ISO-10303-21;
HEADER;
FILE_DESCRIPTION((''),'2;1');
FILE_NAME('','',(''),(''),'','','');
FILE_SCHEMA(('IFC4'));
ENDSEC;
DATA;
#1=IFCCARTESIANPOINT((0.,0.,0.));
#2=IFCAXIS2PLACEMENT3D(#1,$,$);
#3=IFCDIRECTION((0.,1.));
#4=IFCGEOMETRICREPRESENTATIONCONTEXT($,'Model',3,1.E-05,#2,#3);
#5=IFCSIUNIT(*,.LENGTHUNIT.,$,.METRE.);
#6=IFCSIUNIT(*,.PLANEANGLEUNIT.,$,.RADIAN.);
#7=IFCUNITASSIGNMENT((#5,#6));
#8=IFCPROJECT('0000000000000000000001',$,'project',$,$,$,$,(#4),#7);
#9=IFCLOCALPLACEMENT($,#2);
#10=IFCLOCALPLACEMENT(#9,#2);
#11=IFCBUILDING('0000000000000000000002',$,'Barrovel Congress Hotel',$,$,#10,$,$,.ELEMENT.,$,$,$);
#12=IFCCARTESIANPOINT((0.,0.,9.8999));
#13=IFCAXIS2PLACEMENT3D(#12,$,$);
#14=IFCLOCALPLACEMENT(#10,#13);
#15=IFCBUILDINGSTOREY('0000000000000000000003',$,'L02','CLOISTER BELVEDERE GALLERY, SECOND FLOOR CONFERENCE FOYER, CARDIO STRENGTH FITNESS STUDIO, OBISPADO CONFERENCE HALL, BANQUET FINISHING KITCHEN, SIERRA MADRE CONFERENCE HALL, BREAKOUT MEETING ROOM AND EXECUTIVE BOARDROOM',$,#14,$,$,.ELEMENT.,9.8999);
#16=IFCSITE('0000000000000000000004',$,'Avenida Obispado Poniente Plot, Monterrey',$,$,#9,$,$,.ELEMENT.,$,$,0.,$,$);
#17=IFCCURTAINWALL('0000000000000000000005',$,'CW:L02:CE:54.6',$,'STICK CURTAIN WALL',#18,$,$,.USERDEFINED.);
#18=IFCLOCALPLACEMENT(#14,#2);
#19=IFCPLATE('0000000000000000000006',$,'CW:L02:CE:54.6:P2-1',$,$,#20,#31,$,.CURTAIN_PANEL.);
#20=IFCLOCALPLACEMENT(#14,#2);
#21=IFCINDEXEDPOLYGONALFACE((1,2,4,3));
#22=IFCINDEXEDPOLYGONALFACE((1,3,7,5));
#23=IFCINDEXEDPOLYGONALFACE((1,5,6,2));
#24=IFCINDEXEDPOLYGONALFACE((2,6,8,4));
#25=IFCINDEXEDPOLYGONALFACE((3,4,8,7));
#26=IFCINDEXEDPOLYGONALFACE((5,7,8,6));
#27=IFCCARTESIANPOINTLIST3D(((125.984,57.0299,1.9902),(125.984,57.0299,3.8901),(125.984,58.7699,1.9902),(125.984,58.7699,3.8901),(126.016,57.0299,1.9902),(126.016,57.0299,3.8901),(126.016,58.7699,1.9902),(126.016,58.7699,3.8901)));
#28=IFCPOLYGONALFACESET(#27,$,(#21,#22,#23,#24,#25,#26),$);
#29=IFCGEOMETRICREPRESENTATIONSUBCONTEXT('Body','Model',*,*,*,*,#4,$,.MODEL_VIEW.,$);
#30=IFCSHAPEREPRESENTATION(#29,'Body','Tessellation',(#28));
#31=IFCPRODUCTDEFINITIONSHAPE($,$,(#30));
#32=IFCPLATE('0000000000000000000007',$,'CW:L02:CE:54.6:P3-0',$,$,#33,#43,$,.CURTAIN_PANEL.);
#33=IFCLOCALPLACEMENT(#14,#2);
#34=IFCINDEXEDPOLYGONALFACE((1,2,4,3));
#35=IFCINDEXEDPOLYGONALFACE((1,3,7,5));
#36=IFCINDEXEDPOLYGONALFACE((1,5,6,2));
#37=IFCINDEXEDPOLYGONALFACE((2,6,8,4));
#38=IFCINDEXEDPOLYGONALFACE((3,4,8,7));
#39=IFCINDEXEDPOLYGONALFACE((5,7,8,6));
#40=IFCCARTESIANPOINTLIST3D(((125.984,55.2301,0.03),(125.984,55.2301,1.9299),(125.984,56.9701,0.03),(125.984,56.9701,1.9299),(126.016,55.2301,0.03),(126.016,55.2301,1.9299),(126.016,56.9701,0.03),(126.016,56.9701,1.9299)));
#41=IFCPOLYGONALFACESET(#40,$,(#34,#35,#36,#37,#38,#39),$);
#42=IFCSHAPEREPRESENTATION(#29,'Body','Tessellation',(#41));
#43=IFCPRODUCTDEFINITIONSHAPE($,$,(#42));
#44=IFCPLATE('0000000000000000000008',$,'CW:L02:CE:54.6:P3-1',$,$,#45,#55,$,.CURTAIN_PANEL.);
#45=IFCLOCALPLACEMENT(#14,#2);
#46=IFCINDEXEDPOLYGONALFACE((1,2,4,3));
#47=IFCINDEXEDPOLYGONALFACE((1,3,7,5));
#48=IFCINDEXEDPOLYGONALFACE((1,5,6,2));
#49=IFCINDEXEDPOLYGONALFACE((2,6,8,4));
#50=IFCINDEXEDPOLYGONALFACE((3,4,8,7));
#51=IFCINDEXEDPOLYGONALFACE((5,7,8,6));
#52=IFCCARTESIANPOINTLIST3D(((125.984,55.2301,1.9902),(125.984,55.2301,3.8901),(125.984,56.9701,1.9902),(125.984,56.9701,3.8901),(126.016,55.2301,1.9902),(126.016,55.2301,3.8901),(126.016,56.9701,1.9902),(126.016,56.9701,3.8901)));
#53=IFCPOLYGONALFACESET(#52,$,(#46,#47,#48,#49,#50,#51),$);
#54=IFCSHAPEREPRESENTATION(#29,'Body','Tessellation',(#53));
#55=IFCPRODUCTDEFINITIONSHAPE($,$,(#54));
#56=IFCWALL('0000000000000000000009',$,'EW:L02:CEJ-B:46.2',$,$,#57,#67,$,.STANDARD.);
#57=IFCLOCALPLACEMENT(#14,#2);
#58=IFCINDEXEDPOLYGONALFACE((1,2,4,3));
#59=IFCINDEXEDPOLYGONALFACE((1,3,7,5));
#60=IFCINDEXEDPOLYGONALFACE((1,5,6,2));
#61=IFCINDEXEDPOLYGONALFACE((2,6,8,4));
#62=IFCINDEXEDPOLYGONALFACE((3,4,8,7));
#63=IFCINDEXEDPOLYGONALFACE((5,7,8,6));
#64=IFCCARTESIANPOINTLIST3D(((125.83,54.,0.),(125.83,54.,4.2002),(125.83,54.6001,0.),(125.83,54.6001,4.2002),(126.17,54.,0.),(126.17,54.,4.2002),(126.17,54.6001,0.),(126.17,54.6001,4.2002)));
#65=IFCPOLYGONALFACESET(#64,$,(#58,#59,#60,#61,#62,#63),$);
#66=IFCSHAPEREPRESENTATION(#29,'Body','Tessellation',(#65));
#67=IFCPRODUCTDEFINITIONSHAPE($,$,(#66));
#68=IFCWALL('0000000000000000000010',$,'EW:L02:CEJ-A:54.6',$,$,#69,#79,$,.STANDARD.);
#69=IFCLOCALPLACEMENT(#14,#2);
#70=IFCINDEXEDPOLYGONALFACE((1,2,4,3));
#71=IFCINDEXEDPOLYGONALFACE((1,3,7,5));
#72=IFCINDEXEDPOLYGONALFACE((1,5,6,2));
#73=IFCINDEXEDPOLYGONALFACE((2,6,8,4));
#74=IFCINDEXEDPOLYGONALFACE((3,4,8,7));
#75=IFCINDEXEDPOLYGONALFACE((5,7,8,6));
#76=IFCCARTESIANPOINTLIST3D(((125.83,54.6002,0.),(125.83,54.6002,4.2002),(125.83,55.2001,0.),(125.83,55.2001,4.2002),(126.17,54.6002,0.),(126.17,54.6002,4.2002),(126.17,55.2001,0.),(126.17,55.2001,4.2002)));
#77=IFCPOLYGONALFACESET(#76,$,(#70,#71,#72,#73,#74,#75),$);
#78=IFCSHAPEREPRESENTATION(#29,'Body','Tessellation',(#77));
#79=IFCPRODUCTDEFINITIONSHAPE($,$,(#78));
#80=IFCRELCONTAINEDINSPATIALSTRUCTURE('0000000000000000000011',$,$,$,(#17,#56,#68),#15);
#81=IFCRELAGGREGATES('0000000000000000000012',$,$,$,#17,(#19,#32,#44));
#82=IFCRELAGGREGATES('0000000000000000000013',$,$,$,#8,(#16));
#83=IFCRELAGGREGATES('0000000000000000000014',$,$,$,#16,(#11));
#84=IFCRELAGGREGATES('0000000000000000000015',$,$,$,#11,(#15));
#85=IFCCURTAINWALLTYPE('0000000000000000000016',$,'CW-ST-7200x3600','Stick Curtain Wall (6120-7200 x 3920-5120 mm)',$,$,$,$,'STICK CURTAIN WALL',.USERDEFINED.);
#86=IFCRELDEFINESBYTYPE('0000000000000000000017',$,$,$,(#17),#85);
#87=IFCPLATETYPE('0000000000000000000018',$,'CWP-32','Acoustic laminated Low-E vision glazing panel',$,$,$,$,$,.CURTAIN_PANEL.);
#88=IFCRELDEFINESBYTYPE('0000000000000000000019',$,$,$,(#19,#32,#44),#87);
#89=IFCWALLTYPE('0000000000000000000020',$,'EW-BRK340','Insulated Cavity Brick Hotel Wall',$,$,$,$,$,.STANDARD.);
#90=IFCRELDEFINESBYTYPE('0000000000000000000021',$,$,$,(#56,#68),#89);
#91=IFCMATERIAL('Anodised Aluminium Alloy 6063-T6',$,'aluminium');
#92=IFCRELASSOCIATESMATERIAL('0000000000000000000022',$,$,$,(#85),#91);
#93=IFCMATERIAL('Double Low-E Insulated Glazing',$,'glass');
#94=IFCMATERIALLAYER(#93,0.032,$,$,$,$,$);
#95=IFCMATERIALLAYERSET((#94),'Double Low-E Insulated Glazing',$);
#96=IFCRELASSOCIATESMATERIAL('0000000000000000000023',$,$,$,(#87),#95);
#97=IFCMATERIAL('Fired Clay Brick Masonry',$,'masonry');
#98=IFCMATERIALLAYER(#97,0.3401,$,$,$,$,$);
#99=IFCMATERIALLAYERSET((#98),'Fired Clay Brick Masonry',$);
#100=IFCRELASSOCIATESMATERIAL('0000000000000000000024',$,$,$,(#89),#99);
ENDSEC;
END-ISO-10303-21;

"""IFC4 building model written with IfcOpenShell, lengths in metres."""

from ifc_helpers import new_model, si_unit, direction, frame, frame_2d, origin, origin_2d, place, context, subcontext, project, spatial, rectangle, extrude, material, layer, layer_set, type_object, element, aggregate, save


model = new_model("IFC4")

# Units and contexts
model_context = context("Model", 3, precision=1e-05, world=origin(), true_north=direction((0.0, 1.0)))
body_context = subcontext(model_context, "Body", "Model", "MODEL_VIEW")
ifc_project = project(units=[si_unit("LENGTHUNIT", "METRE"), si_unit("PLANEANGLEUNIT", "RADIAN")], contexts=[model_context])

# Site, building, storey
site_placement = place(None, origin())
site = spatial("IfcSite", under=ifc_project, at=site_placement, Name="Avenida Obispado Poniente Plot, Monterrey", CompositionType="ELEMENT", RefElevation=0.0)
building_placement = place(site_placement, origin())
building = spatial("IfcBuilding", under=site, at=building_placement, Name="Barrovel Congress Hotel", CompositionType="ELEMENT")
storey_placement = place(building_placement, frame((0.0, 0.0, 9.8999)))
storey = spatial("IfcBuildingStorey", under=building, at=storey_placement, Name="L02", Description="CLOISTER BELVEDERE GALLERY, SECOND FLOOR CONFERENCE FOYER, CARDIO STRENGTH FITNESS STUDIO, OBISPADO CONFERENCE HALL, BANQUET FINISHING KITCHEN, SIERRA MADRE CONFERENCE HALL, BREAKOUT MEETING ROOM AND EXECUTIVE BOARDROOM", CompositionType="ELEMENT", Elevation=9.8999)

# Curtain wall
ifc_material_1 = material(Name="Anodised Aluminium Alloy 6063-T6", Category="aluminium")
curtain_wall_type = type_object("IfcCurtainWallType", Name="CW-ST-7200x3600", Description="Stick Curtain Wall (6120-7200 x 3920-5120 mm)", ElementType="STICK CURTAIN WALL", PredefinedType="USERDEFINED", material=ifc_material_1)
curtain_wall_1_placement = place(storey_placement, origin())
curtain_wall_1 = element("IfcCurtainWall", 1, at=curtain_wall_1_placement, inside=storey, type_object=curtain_wall_type, Name="CW:L02:CE:54.6", ObjectType="STICK CURTAIN WALL", PredefinedType="USERDEFINED")

# Plates
ifc_material_2 = material(Name="Double Low-E Insulated Glazing", Category="glass")
ifc_layer_1 = layer(ifc_material_2, 0.032)
ifc_layer_set_1 = layer_set([ifc_layer_1], Name="Double Low-E Insulated Glazing")
plate_type_1 = type_object("IfcPlateType", Name="CWP-32", Description="Acoustic laminated Low-E vision glazing panel", PredefinedType="CURTAIN_PANEL", material=ifc_layer_set_1)
plate_1_placement = place(storey_placement, frame((126.0, 57.8999, 1.9902), z_axis=(0.0, 0.0, 1.0), x_axis=(0.0, -1.0, 0.0)))
plate_1 = element("IfcPlate", 2, at=plate_1_placement, type_object=plate_type_1, Name="CW:L02:CE:54.6:P2-1", PredefinedType="CURTAIN_PANEL", context=body_context, shape_type="SweptSolid", body=[
    extrude(rectangle(XDim=1.74, YDim=0.032, at=origin_2d()), origin(), (0.0, 0.0, 1.0), 1.8999),
])
plate_2_placement = place(storey_placement, frame((126.0, 56.1001, 0.03), z_axis=(0.0, 0.0, 1.0), x_axis=(0.0, -1.0, 0.0)))
plate_2 = element("IfcPlate", 3, at=plate_2_placement, type_object=plate_type_1, Name="CW:L02:CE:54.6:P3-0", PredefinedType="CURTAIN_PANEL", context=body_context, shape_type="SweptSolid", body=[
    extrude(rectangle(XDim=1.74, YDim=0.032, at=origin_2d()), origin(), (0.0, 0.0, 1.0), 1.8999),
])
plate_3_placement = place(storey_placement, frame((126.0, 56.1001, 1.9902), z_axis=(0.0, 0.0, 1.0), x_axis=(0.0, -1.0, 0.0)))
plate_3 = element("IfcPlate", 4, at=plate_3_placement, type_object=plate_type_1, Name="CW:L02:CE:54.6:P3-1", PredefinedType="CURTAIN_PANEL", context=body_context, shape_type="SweptSolid", body=[
    extrude(rectangle(XDim=1.74, YDim=0.032, at=origin_2d()), origin(), (0.0, 0.0, 1.0), 1.8999),
])
aggregate(curtain_wall_1, [plate_1, plate_2, plate_3])

# Walls
ifc_material_3 = material(Name="Fired Clay Brick Masonry", Category="masonry")
ifc_layer_2 = layer(ifc_material_3, 0.3401)
ifc_layer_set_2 = layer_set([ifc_layer_2], Name="Fired Clay Brick Masonry")
wall_type = type_object("IfcWallType", Name="EW-BRK340", Description="Insulated Cavity Brick Hotel Wall", PredefinedType="STANDARD", material=ifc_layer_set_2)
wall_1_placement = place(storey_placement, frame((126.0, 54.6001, 0.0), z_axis=(0.0, 0.0, 1.0), x_axis=(0.0, -1.0, 0.0)))
element("IfcWall", 5, at=wall_1_placement, inside=storey, type_object=wall_type, Name="EW:L02:CEJ-B:46.2", PredefinedType="STANDARD", context=body_context, shape_type="SweptSolid", body=[
    extrude(rectangle(XDim=0.6001, YDim=0.3401, at=frame_2d((0.3, 0.0))), origin(), (0.0, 0.0, 1.0), 4.2002),
])
wall_2_placement = place(storey_placement, frame((126.0, 55.2, 0.0), z_axis=(0.0, 0.0, 1.0), x_axis=(0.0, -1.0, 0.0)))
element("IfcWall", 6, at=wall_2_placement, inside=storey, type_object=wall_type, Name="EW:L02:CEJ-A:54.6", PredefinedType="STANDARD", context=body_context, shape_type="SweptSolid", body=[
    extrude(rectangle(XDim=0.5999, YDim=0.3401, at=frame_2d((0.2998, 0.0))), origin(), (0.0, 0.0, 1.0), 4.2002),
])

save(model, "model.ifc")
